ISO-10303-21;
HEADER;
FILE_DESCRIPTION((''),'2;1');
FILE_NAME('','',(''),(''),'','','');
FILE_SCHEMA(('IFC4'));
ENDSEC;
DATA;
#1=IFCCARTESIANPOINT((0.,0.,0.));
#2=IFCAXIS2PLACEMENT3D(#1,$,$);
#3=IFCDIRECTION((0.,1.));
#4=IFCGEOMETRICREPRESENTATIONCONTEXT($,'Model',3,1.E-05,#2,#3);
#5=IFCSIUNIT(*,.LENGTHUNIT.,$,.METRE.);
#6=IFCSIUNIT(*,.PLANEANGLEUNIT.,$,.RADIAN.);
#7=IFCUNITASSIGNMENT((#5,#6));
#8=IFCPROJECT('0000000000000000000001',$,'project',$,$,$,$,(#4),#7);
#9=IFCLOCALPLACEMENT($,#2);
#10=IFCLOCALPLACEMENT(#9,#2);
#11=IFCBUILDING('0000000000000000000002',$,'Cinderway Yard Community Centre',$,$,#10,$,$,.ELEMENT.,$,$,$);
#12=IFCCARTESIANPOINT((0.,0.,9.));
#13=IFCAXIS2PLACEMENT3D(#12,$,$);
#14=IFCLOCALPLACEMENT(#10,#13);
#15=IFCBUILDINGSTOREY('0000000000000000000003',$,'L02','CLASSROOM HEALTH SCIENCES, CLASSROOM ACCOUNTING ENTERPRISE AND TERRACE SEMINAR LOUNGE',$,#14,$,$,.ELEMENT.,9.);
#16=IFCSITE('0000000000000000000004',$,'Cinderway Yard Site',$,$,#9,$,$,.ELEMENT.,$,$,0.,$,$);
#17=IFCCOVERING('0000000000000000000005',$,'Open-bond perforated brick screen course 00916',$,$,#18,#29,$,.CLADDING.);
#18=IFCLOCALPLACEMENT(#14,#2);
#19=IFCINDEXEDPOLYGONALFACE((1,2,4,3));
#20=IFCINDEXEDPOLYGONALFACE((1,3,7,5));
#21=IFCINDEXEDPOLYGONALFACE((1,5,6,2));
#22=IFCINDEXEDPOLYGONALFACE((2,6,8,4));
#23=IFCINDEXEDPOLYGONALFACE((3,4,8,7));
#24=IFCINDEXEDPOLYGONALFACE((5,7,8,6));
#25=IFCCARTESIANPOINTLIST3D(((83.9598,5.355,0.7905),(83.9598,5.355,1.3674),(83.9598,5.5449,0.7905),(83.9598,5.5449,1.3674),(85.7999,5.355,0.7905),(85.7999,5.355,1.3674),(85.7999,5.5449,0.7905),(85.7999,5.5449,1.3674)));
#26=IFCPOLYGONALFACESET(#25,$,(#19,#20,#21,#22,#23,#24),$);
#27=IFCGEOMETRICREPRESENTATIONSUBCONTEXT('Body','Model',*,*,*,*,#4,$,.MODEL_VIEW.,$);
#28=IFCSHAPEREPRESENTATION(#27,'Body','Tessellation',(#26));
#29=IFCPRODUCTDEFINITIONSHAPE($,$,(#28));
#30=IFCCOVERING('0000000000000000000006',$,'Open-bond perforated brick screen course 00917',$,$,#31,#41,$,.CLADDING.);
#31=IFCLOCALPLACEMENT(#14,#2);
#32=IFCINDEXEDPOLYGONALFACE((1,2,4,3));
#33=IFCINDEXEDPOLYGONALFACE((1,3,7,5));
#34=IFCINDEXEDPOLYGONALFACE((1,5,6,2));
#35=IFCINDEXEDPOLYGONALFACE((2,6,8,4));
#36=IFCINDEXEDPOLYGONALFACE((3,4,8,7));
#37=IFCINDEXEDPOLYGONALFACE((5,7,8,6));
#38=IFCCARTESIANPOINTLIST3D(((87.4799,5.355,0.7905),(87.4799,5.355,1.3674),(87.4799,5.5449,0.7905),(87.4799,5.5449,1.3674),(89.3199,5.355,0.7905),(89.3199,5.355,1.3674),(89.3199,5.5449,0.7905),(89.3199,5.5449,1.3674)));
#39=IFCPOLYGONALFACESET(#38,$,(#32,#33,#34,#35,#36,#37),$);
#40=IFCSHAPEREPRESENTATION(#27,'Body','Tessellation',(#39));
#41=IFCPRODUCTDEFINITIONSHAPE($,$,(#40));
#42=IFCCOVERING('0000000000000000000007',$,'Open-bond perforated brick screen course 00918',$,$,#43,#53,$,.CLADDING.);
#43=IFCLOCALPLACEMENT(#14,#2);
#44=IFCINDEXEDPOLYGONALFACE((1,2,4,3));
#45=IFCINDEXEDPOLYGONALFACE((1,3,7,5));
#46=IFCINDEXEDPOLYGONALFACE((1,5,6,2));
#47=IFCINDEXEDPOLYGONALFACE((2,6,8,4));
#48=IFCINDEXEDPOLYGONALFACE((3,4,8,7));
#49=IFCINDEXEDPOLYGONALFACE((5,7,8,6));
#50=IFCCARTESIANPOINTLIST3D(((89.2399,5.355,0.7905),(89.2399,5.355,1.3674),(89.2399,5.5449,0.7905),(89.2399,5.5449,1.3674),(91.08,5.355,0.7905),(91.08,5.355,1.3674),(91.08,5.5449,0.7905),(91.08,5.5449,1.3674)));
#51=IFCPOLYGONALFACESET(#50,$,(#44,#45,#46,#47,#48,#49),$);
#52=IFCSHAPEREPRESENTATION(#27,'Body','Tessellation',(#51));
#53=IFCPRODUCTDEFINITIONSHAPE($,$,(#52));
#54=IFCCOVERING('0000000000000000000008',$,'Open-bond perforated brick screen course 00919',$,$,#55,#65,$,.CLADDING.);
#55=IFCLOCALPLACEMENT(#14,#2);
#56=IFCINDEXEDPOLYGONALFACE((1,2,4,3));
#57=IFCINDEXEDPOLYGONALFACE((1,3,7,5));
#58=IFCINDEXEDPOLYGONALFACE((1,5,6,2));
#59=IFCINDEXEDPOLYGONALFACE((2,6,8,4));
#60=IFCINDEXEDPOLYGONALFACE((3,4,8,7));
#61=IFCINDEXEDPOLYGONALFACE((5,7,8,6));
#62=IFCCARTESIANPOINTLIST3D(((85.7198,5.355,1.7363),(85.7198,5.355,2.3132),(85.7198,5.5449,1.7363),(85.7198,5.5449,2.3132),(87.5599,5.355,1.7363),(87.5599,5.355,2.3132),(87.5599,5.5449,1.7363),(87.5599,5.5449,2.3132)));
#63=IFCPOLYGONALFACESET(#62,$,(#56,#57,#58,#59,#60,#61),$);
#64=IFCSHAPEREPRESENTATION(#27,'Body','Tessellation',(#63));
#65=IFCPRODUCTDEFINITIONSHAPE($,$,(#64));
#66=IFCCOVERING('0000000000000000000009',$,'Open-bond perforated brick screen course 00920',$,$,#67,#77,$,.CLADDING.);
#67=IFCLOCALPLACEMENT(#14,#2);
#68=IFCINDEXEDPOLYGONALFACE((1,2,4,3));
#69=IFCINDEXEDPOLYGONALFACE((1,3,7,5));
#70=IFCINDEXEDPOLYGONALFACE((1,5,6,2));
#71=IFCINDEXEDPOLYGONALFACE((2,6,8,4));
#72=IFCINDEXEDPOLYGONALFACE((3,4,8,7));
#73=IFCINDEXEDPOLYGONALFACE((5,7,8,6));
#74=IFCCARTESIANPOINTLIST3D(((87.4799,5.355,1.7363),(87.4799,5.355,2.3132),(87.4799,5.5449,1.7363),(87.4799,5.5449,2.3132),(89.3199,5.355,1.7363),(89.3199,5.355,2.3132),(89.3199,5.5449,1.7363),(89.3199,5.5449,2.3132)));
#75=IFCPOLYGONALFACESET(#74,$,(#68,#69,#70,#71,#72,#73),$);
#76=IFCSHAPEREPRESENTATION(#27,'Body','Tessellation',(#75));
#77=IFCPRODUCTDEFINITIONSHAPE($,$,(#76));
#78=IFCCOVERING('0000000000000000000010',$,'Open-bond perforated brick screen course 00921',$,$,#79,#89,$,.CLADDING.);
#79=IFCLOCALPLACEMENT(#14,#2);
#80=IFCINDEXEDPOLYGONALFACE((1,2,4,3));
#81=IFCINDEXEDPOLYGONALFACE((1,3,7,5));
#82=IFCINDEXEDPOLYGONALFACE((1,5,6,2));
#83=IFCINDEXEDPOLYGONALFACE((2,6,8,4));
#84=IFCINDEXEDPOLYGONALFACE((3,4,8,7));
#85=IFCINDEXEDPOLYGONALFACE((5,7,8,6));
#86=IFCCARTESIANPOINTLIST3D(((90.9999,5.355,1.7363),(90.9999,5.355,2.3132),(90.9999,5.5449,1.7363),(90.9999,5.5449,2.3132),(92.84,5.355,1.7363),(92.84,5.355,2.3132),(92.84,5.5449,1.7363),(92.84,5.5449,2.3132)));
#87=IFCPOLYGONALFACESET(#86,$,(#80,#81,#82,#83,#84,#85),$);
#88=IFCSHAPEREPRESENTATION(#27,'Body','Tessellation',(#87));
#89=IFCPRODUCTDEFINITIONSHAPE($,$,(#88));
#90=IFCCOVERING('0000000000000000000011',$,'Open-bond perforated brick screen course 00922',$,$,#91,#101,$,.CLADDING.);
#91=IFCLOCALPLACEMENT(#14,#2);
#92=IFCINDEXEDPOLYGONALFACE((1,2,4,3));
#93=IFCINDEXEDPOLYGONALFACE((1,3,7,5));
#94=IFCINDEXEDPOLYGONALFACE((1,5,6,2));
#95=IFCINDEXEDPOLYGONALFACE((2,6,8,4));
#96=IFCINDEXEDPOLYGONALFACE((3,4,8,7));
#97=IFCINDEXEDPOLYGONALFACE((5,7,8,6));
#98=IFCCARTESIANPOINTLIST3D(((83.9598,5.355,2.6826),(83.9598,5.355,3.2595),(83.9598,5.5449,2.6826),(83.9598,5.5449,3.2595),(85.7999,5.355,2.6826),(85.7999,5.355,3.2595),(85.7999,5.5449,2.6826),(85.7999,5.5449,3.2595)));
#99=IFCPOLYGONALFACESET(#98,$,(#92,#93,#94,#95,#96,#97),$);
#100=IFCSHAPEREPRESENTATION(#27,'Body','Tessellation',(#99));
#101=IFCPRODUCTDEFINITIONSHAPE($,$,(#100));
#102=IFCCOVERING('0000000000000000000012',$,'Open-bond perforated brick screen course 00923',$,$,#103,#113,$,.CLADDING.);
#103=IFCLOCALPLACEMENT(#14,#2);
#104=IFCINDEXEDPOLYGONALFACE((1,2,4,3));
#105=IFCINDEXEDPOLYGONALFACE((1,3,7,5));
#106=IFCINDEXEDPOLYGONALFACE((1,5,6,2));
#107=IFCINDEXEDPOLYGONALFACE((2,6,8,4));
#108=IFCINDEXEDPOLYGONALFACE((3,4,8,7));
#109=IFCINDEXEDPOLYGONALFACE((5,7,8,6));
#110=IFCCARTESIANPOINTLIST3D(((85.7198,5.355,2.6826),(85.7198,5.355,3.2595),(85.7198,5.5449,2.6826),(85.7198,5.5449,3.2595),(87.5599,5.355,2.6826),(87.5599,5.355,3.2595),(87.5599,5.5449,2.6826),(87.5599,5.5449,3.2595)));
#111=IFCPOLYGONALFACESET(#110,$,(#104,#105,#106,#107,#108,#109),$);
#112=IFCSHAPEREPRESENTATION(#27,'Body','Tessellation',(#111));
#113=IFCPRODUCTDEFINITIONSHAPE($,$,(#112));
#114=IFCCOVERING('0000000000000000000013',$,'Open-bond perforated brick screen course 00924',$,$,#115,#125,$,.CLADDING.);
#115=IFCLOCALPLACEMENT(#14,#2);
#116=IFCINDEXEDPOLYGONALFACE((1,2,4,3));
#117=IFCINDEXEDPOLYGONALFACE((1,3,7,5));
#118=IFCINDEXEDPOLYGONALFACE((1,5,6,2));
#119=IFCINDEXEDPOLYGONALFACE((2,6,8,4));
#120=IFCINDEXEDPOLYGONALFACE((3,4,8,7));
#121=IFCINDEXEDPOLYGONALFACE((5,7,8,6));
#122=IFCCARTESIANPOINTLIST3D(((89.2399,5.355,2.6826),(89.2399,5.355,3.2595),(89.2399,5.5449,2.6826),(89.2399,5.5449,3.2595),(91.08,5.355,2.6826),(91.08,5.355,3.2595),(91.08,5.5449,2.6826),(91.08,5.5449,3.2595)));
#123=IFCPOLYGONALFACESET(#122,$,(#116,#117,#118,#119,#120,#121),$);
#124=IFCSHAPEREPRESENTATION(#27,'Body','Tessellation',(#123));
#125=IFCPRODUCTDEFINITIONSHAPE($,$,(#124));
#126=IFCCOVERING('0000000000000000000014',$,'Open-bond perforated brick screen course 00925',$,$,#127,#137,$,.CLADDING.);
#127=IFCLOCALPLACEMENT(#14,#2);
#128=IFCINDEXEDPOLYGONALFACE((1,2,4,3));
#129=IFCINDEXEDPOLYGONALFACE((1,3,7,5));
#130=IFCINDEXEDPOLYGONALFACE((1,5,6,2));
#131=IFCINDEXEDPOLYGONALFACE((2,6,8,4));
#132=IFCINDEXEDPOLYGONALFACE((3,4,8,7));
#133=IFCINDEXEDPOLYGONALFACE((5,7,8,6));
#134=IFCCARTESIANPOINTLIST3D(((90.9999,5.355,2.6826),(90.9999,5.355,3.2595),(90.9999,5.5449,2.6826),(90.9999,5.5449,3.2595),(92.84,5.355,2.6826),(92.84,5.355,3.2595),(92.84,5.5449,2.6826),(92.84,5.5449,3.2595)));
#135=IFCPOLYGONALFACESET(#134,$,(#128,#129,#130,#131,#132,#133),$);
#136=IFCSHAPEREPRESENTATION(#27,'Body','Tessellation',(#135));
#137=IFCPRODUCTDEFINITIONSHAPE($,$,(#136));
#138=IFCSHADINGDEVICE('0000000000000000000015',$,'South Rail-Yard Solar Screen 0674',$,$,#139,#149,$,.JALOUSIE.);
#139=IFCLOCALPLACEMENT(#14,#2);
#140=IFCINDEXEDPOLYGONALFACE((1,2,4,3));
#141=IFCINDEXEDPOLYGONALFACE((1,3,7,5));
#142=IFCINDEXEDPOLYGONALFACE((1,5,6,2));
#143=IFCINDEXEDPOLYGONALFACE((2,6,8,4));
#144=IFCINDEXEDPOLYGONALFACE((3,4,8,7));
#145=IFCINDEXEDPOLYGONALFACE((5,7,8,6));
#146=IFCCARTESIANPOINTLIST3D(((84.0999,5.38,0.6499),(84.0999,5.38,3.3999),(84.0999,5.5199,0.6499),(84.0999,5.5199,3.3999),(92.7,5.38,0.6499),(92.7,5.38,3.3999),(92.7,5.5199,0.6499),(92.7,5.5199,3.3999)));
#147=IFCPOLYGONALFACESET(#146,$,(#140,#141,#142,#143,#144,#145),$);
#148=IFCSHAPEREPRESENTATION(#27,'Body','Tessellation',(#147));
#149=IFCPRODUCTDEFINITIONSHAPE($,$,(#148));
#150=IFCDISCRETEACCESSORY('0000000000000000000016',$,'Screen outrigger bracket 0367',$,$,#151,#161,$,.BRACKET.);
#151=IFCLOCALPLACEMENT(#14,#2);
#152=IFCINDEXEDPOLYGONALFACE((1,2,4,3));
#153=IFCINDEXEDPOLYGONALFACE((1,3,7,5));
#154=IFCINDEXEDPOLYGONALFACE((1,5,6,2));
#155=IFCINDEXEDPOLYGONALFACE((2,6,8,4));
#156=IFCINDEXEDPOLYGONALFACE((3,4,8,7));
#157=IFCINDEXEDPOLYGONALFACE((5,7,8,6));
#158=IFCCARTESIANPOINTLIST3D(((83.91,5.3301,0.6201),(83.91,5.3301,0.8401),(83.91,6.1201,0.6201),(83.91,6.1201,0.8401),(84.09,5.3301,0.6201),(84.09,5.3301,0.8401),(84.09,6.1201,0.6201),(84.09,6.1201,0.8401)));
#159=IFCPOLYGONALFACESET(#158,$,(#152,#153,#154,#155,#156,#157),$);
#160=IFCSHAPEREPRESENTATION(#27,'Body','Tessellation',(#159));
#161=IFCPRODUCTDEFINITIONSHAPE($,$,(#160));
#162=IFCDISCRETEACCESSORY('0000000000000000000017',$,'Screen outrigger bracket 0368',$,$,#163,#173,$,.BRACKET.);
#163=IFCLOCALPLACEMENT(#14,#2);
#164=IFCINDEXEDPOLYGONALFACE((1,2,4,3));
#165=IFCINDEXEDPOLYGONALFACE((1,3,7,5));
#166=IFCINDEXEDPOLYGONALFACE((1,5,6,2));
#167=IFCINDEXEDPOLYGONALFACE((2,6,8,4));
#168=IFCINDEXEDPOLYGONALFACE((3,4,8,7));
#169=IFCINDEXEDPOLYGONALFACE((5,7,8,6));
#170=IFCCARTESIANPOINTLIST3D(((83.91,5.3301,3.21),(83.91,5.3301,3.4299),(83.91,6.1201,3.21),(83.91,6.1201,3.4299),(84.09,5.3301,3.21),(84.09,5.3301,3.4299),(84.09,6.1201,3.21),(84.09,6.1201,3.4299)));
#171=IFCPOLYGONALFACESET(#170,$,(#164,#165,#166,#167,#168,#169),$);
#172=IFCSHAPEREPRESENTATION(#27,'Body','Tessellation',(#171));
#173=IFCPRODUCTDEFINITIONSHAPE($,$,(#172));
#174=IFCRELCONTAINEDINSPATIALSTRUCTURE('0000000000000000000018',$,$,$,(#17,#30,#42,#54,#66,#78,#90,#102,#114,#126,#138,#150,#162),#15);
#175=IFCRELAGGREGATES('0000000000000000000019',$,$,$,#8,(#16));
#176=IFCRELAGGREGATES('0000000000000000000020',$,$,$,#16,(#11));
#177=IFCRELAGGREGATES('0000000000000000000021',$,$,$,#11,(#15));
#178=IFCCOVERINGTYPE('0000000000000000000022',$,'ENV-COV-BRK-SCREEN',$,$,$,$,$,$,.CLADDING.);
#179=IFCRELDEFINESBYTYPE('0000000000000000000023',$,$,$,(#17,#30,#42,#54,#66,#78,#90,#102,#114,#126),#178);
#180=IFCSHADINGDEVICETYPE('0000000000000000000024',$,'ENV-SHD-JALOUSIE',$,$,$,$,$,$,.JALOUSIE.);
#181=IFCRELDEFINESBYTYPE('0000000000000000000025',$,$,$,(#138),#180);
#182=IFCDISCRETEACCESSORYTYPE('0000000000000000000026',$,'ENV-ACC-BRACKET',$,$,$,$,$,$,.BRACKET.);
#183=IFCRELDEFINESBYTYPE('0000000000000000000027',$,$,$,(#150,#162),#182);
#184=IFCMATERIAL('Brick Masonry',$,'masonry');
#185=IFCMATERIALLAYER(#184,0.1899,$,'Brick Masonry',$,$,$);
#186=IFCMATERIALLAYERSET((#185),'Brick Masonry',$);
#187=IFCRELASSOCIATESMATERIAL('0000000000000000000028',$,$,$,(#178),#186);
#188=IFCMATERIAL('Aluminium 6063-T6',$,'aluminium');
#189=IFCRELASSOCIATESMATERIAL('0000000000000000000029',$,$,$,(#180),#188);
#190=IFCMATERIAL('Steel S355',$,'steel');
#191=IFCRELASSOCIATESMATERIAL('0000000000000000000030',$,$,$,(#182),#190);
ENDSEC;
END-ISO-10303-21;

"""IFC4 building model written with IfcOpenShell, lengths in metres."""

from ifc_helpers import new_model, si_unit, direction, frame, origin, origin_2d, place, context, subcontext, project, spatial, rectangle, extrude, material, layer, layer_set, type_object, element, save


model = new_model("IFC4")

# Units and contexts
model_context = context("Model", 3, precision=1e-05, world=origin(), true_north=direction((0.0, 1.0)))
body_context = subcontext(model_context, "Body", "Model", "MODEL_VIEW")
ifc_project = project(units=[si_unit("LENGTHUNIT", "METRE"), si_unit("PLANEANGLEUNIT", "RADIAN")], contexts=[model_context])

# Site, building, storey
site_placement = place(None, origin())
site = spatial("IfcSite", under=ifc_project, at=site_placement, Name="Cinderway Yard Site", CompositionType="ELEMENT", RefElevation=0.0)
building_placement = place(site_placement, origin())
building = spatial("IfcBuilding", under=site, at=building_placement, Name="Cinderway Yard Community Centre", CompositionType="ELEMENT")
storey_placement = place(building_placement, frame((0.0, 0.0, 9.0)))
storey = spatial("IfcBuildingStorey", under=building, at=storey_placement, Name="L02", Description="CLASSROOM HEALTH SCIENCES, CLASSROOM ACCOUNTING ENTERPRISE AND TERRACE SEMINAR LOUNGE", CompositionType="ELEMENT", Elevation=9.0)

# Shared definitions
ifc_material_1 = material(Name="Steel S355", Category="steel")

# Shared definitions
ifc_material_2 = material(Name="Aluminium 6063-T6", Category="aluminium")

# Coverings
ifc_material_3 = material(Name="Brick Masonry", Category="masonry")
ifc_layer_1 = layer(ifc_material_3, 0.1899, Name="Brick Masonry")
ifc_layer_set_1 = layer_set([ifc_layer_1], Name="Brick Masonry")
covering_type = type_object("IfcCoveringType", Name="ENV-COV-BRK-SCREEN", PredefinedType="CLADDING", material=ifc_layer_set_1)
for number, where, z_axis, x_axis, name in (
    (1, (84.8799, 5.45, 0.7905), (0.0, 0.0, 1.0), (-1.0, 0.0, 0.0), "Open-bond perforated brick screen course 00916"),
    (2, (88.3999, 5.45, 0.7905), (0.0, 0.0, 1.0), (-1.0, 0.0, 0.0), "Open-bond perforated brick screen course 00917"),
    (3, (90.1599, 5.45, 0.7905), (0.0, 0.0, 1.0), (-1.0, 0.0, 0.0), "Open-bond perforated brick screen course 00918"),
    (4, (86.6399, 5.45, 1.7363), (0.0, 0.0, 1.0), (-1.0, 0.0, 0.0), "Open-bond perforated brick screen course 00919"),
    (5, (88.3999, 5.45, 1.7363), (0.0, 0.0, 1.0), (-1.0, 0.0, 0.0), "Open-bond perforated brick screen course 00920"),
    (6, (91.9199, 5.45, 1.7363), (0.0, 0.0, 1.0), (-1.0, 0.0, 0.0), "Open-bond perforated brick screen course 00921"),
    (7, (84.8799, 5.45, 2.6826), (0.0, 0.0, 1.0), (-1.0, 0.0, 0.0), "Open-bond perforated brick screen course 00922"),
    (8, (86.6399, 5.45, 2.6826), (0.0, 0.0, 1.0), (-1.0, 0.0, 0.0), "Open-bond perforated brick screen course 00923"),
    (9, (90.1599, 5.45, 2.6826), (0.0, 0.0, 1.0), (-1.0, 0.0, 0.0), "Open-bond perforated brick screen course 00924"),
    (10, (91.9199, 5.45, 2.6826), (0.0, 0.0, 1.0), (-1.0, 0.0, 0.0), "Open-bond perforated brick screen course 00925"),
):
    element("IfcCovering", number, at=place(storey_placement, frame(where, z_axis=z_axis, x_axis=x_axis)), inside=storey, type_object=covering_type, Name=name, PredefinedType="CLADDING", context=body_context, shape_type="SweptSolid", body=[
        extrude(rectangle(XDim=1.8401, YDim=0.1899, at=origin_2d()), origin(), (0.0, 0.0, 1.0), 0.5769),
    ])

# Shading device
shading_device_type = type_object("IfcShadingDeviceType", Name="ENV-SHD-JALOUSIE", PredefinedType="JALOUSIE", material=ifc_material_2)
shading_device_placement = place(storey_placement, frame((88.3999, 5.45, 0.6499), z_axis=(0.0, 0.0, 1.0), x_axis=(-1.0, 0.0, 0.0)))
element("IfcShadingDevice", 11, at=shading_device_placement, inside=storey, type_object=shading_device_type, Name="South Rail-Yard Solar Screen 0674", PredefinedType="JALOUSIE", context=body_context, shape_type="SweptSolid", body=[
    extrude(rectangle(XDim=8.6001, YDim=0.1399, at=origin_2d()), origin(), (0.0, 0.0, 1.0), 2.75),
])

# Discrete accessories
discrete_accessory_type = type_object("IfcDiscreteAccessoryType", Name="ENV-ACC-BRACKET", PredefinedType="BRACKET", material=ifc_material_1)
for number, where, z_axis, x_axis, name in (
    (12, (84.0, 5.7251, 0.6201), (0.0, 0.0, 1.0), (0.0, -1.0, 0.0), "Screen outrigger bracket 0367"),
    (13, (84.0, 5.7251, 3.21), (0.0, 0.0, 1.0), (0.0, -1.0, 0.0), "Screen outrigger bracket 0368"),
):
    element("IfcDiscreteAccessory", number, at=place(storey_placement, frame(where, z_axis=z_axis, x_axis=x_axis)), inside=storey, type_object=discrete_accessory_type, Name=name, PredefinedType="BRACKET", context=body_context, shape_type="SweptSolid", body=[
        extrude(rectangle(XDim=0.79, YDim=0.1799, at=origin_2d()), origin(), (0.0, 0.0, 1.0), 0.22),
    ])

save(model, "model.ifc")
